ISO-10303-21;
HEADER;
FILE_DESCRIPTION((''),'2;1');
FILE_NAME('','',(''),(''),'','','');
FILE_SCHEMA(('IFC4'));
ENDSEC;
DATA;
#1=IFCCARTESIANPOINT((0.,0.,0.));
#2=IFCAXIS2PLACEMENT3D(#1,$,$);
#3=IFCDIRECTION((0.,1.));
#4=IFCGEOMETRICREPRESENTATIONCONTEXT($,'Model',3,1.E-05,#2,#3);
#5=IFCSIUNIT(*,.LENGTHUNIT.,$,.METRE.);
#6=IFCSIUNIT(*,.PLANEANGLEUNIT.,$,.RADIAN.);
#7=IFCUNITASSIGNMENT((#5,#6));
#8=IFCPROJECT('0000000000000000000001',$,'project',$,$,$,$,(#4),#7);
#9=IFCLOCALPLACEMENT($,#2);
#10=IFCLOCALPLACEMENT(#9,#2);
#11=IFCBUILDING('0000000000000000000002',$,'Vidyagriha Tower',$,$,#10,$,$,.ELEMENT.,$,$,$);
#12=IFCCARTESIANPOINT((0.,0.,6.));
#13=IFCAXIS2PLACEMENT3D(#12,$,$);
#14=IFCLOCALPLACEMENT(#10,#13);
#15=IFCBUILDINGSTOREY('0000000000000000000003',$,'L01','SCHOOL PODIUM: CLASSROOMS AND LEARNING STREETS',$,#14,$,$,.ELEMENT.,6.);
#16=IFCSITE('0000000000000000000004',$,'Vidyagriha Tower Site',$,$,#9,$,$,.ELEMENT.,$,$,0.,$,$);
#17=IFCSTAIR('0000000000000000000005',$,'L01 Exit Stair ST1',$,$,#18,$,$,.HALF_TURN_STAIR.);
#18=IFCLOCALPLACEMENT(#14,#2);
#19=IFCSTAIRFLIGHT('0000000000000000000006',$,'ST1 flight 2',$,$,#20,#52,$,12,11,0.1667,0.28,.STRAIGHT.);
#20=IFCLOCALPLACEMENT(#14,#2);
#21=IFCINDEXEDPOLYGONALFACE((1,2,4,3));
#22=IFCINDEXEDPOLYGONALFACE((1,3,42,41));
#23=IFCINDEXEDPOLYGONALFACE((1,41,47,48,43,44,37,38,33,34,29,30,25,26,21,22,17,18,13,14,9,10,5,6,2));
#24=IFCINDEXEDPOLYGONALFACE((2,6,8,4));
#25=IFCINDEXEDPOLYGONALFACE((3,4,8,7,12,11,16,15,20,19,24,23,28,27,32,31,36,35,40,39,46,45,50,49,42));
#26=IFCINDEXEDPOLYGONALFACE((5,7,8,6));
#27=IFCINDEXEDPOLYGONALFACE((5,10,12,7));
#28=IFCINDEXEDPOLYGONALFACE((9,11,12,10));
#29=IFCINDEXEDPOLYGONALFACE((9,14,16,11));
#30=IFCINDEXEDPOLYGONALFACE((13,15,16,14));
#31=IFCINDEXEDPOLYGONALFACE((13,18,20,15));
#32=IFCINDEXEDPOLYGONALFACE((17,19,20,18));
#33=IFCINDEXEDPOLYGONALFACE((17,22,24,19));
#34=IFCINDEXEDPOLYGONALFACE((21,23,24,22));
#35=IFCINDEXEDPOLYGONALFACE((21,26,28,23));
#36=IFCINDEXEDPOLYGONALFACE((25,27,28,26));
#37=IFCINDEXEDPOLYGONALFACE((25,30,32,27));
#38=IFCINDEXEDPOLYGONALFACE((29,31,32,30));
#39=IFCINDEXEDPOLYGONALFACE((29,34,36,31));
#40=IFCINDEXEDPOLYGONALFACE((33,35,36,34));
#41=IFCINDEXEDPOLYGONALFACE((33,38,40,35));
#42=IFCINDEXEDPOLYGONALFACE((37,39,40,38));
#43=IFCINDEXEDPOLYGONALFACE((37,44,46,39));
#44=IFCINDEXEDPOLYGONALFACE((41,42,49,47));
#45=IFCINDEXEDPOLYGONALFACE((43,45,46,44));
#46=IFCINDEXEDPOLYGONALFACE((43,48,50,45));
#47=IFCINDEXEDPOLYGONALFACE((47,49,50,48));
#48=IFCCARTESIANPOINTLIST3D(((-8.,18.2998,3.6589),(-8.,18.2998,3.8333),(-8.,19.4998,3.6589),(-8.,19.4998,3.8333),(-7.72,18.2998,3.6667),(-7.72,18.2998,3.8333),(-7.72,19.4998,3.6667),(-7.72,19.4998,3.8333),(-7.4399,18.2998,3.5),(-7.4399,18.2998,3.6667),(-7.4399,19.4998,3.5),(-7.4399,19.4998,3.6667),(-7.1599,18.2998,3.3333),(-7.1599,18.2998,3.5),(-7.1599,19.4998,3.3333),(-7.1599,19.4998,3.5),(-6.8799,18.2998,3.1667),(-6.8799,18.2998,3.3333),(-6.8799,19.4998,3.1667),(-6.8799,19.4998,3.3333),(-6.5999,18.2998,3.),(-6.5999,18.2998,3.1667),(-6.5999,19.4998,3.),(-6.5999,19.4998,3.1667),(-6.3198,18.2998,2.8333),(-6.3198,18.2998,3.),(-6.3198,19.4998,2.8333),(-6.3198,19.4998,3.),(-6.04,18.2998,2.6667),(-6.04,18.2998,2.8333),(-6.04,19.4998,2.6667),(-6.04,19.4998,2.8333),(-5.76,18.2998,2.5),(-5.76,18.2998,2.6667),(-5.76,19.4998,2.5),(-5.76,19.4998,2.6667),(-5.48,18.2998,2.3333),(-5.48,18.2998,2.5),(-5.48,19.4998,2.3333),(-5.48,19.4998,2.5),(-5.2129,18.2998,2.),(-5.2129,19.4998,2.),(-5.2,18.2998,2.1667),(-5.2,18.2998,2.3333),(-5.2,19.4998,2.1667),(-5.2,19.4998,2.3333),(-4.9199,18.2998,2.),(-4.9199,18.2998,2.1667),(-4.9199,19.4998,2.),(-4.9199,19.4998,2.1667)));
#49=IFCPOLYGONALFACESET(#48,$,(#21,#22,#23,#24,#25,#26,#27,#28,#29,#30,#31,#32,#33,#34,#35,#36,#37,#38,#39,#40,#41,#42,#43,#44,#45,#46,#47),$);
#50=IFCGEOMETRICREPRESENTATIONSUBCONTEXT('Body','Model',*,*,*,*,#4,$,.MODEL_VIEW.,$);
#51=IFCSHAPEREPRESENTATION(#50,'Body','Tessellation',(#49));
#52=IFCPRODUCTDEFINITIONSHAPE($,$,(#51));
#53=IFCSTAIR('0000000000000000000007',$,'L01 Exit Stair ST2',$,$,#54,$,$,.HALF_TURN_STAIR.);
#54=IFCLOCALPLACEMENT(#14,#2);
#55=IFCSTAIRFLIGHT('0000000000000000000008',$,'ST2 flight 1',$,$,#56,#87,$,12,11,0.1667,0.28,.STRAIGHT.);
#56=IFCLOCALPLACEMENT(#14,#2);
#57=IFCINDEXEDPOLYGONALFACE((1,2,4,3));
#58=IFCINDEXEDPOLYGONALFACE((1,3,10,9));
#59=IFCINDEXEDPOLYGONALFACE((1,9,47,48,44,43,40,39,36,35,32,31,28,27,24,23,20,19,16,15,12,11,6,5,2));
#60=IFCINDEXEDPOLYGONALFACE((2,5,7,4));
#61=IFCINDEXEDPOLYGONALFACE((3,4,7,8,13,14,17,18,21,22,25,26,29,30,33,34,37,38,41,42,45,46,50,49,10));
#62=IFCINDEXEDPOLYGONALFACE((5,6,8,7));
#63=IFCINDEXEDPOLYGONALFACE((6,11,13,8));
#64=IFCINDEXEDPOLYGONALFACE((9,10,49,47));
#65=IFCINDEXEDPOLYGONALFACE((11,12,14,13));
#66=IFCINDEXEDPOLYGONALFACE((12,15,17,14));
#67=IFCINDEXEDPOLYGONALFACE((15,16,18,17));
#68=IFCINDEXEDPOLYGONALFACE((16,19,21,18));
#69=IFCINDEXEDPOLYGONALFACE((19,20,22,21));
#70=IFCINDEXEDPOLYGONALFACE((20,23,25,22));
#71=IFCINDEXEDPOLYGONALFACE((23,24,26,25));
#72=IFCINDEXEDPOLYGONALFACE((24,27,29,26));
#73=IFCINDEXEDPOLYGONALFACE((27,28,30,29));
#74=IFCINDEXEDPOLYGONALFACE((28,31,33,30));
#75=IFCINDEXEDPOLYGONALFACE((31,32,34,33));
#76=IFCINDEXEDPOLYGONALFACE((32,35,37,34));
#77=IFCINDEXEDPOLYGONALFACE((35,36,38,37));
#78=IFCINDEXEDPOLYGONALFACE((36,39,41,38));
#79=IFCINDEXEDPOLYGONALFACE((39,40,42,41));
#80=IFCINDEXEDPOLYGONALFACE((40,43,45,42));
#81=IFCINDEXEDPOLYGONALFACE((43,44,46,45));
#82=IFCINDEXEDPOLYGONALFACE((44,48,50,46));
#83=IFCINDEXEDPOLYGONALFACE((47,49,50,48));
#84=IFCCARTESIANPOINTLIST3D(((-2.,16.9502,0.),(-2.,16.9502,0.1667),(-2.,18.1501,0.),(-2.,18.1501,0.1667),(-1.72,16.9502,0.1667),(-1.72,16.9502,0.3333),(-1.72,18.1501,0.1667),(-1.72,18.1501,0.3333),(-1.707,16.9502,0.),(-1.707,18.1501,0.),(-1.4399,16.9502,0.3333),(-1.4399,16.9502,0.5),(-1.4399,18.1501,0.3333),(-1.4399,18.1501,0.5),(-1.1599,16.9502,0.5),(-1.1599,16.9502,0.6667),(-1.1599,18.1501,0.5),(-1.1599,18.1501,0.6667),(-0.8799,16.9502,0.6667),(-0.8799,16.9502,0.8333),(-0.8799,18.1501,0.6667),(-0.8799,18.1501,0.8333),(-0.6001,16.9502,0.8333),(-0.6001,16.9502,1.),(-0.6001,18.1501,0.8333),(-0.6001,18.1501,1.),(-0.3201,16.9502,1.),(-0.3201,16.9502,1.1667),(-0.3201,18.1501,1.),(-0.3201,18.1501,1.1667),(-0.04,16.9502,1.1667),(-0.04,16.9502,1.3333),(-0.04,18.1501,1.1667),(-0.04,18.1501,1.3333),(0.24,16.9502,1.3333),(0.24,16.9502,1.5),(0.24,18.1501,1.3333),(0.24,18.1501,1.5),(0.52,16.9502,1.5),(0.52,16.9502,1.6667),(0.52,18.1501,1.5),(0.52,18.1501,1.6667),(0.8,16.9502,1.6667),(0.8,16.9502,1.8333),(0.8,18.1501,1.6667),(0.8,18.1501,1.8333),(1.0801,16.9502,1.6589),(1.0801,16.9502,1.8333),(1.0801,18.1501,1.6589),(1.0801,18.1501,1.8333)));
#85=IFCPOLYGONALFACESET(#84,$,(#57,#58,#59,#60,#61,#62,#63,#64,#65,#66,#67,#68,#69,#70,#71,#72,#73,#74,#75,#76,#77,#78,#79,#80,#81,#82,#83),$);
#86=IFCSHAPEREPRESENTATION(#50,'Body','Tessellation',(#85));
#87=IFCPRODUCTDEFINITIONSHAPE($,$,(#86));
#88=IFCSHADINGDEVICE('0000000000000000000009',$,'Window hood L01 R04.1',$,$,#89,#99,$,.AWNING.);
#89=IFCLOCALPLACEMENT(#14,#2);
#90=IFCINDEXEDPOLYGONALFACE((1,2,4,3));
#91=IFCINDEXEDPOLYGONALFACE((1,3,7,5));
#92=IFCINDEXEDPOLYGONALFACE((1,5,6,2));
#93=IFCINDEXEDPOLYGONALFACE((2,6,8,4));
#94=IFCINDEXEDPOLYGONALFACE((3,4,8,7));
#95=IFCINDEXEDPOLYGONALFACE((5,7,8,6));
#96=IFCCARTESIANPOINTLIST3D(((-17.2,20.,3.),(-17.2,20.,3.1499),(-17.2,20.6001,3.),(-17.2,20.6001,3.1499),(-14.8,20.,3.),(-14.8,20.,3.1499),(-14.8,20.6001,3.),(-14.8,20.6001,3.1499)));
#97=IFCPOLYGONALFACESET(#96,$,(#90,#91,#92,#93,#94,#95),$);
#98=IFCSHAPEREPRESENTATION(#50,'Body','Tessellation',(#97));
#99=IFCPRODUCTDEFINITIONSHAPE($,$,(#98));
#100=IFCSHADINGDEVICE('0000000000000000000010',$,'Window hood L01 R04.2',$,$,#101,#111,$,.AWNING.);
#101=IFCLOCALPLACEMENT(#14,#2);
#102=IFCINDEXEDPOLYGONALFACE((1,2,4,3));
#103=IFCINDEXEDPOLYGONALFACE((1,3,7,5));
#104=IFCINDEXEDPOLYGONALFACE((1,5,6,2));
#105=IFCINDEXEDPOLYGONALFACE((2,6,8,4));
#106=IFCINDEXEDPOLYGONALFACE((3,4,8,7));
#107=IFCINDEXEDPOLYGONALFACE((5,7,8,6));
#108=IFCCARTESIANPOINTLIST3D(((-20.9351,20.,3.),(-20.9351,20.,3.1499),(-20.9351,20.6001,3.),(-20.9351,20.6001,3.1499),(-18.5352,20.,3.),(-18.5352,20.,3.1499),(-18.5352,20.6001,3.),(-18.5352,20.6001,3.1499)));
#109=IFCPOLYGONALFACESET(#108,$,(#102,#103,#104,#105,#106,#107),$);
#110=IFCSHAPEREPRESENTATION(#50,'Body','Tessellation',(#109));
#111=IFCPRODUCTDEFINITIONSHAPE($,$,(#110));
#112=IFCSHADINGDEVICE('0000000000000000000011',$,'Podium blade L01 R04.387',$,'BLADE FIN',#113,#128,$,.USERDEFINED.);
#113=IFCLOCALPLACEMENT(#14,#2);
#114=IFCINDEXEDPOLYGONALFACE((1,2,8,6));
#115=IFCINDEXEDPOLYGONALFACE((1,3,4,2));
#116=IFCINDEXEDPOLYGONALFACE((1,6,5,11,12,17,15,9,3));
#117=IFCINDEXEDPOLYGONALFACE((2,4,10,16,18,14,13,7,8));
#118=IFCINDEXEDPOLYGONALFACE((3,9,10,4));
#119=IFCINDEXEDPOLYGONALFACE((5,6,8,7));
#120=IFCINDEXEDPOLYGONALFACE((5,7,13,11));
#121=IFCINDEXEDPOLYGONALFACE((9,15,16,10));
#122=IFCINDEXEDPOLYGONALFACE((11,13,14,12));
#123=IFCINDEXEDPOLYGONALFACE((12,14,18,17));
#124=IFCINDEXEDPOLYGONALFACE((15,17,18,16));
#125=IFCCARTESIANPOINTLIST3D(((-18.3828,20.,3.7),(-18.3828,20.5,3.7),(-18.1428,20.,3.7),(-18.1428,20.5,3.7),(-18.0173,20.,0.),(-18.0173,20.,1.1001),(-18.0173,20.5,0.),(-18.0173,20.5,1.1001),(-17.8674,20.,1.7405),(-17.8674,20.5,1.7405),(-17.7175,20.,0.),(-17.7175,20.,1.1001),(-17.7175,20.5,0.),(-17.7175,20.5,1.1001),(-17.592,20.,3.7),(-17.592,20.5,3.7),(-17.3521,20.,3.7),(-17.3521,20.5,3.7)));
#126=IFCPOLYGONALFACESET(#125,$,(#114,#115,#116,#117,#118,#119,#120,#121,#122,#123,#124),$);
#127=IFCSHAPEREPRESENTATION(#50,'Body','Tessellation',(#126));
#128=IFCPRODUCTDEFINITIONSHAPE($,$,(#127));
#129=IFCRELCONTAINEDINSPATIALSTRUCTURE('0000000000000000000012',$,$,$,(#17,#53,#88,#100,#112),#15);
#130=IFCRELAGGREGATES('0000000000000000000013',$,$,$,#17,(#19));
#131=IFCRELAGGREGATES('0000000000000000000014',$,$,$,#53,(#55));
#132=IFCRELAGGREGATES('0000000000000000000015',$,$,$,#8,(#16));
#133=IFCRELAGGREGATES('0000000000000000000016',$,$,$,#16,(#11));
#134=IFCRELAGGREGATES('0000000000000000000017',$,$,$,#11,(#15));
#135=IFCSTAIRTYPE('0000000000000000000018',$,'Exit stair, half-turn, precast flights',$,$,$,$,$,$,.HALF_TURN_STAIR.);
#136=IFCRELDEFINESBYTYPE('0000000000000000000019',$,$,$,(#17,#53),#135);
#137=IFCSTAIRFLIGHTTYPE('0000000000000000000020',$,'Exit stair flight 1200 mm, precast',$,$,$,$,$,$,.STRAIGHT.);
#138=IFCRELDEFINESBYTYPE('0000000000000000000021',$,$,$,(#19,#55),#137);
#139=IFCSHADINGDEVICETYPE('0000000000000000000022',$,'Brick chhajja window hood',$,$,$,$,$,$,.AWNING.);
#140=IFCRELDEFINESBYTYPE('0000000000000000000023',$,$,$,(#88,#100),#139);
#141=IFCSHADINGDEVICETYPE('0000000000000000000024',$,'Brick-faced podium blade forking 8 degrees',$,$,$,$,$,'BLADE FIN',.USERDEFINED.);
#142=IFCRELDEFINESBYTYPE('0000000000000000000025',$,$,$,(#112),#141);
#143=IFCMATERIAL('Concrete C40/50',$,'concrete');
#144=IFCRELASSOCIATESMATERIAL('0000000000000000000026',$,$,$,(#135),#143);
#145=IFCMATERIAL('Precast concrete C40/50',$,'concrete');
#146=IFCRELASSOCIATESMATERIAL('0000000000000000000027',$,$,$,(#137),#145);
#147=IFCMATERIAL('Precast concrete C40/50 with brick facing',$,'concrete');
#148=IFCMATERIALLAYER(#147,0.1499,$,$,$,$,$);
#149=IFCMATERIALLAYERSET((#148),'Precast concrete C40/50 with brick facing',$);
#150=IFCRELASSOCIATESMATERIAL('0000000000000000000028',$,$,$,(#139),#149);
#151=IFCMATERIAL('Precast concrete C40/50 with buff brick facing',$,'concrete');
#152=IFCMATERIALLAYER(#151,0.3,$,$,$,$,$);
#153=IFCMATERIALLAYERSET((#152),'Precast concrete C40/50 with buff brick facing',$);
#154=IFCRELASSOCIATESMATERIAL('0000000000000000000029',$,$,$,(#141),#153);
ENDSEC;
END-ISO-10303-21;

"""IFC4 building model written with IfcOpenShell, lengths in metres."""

from ifc_helpers import new_model, si_unit, direction, frame, origin, origin_2d, place, context, subcontext, project, spatial, polyline, rectangle, outline, extrude, material, layer, layer_set, type_object, element, aggregate, save


model = new_model("IFC4")

# Units and contexts
model_context = context("Model", 3, precision=1e-05, world=origin(), true_north=direction((0.0, 1.0)))
body_context = subcontext(model_context, "Body", "Model", "MODEL_VIEW")
ifc_project = project(units=[si_unit("LENGTHUNIT", "METRE"), si_unit("PLANEANGLEUNIT", "RADIAN")], contexts=[model_context])

# Site, building, storey
site_placement = place(None, origin())
site = spatial("IfcSite", under=ifc_project, at=site_placement, Name="Vidyagriha Tower Site", CompositionType="ELEMENT", RefElevation=0.0)
building_placement = place(site_placement, origin())
building = spatial("IfcBuilding", under=site, at=building_placement, Name="Vidyagriha Tower", CompositionType="ELEMENT")
storey_placement = place(building_placement, frame((0.0, 0.0, 6.0)))
storey = spatial("IfcBuildingStorey", under=building, at=storey_placement, Name="L01", Description="SCHOOL PODIUM: CLASSROOMS AND LEARNING STREETS", CompositionType="ELEMENT", Elevation=6.0)

# Stair, stair flight
ifc_material_1 = material(Name="Concrete C40/50", Category="concrete")
stair_type = type_object("IfcStairType", Name="Exit stair, half-turn, precast flights", PredefinedType="HALF_TURN_STAIR", material=ifc_material_1)
stair_1_placement = place(storey_placement, origin())
stair_1 = element("IfcStair", 1, at=stair_1_placement, inside=storey, type_object=stair_type, Name="L01 Exit Stair ST1", PredefinedType="HALF_TURN_STAIR")
ifc_material_2 = material(Name="Precast concrete C40/50", Category="concrete")
stair_flight_type = type_object("IfcStairFlightType", Name="Exit stair flight 1200 mm, precast", PredefinedType="STRAIGHT", material=ifc_material_2)
stair_flight_1_placement = place(storey_placement, frame((-4.9199, 18.8999, 2.0), z_axis=(0.0, 0.0, 1.0), x_axis=(-1.0, 0.0, 0.0)))
stair_flight_1 = element("IfcStairFlight", 2, at=stair_flight_1_placement, type_object=stair_flight_type, Name="ST1 flight 2", NumberOfRisers=12, NumberOfTreads=11, PredefinedType="STRAIGHT", RiserHeight=0.1667, TreadLength=0.28, context=body_context, shape_type="SweptSolid", body=[
    extrude(outline(polyline([(0.0, 0.0), (0.0, 0.1667), (0.28, 0.1667), (0.28, 0.3333), (0.5601, 0.3333), (0.5601, 0.5), (0.8401, 0.5), (0.8401, 0.6667), (1.1201, 0.6667), (1.1201, 0.8333), (1.3999, 0.8333), (1.3999, 1.0), (1.6799, 1.0), (1.6799, 1.1667), (1.96, 1.1667), (1.96, 1.3333), (2.24, 1.3333), (2.24, 1.5), (2.52, 1.5), (2.52, 1.6667), (2.8, 1.6667), (2.8, 1.8333), (3.0801, 1.8333), (3.0801, 2.0), (3.0801, 1.6589), (0.293, 0.0), (0.0, 0.0)])), frame((0.0, 0.6001, 0.0), z_axis=(0.0, -1.0, 0.0), x_axis=(1.0, 0.0, 0.0)), (0.0, 0.0, 1.0), 1.2),
])
aggregate(stair_1, [stair_flight_1])

# Stair, stair flight
stair_2_placement = place(storey_placement, origin())
stair_2 = element("IfcStair", 3, at=stair_2_placement, inside=storey, type_object=stair_type, Name="L01 Exit Stair ST2", PredefinedType="HALF_TURN_STAIR")
stair_flight_2_placement = place(storey_placement, frame((-2.0, 17.55, 0.0)))
stair_flight_2 = element("IfcStairFlight", 4, at=stair_flight_2_placement, type_object=stair_flight_type, Name="ST2 flight 1", NumberOfRisers=12, NumberOfTreads=11, PredefinedType="STRAIGHT", RiserHeight=0.1667, TreadLength=0.28, context=body_context, shape_type="SweptSolid", body=[
    extrude(outline(polyline([(0.0, 0.0), (0.0, 0.1667), (0.28, 0.1667), (0.28, 0.3333), (0.5601, 0.3333), (0.5601, 0.5), (0.8401, 0.5), (0.8401, 0.6667), (1.1201, 0.6667), (1.1201, 0.8333), (1.3999, 0.8333), (1.3999, 1.0), (1.6799, 1.0), (1.6799, 1.1667), (1.96, 1.1667), (1.96, 1.3333), (2.24, 1.3333), (2.24, 1.5), (2.52, 1.5), (2.52, 1.6667), (2.8, 1.6667), (2.8, 1.8333), (3.0801, 1.8333), (3.0801, 2.0), (3.0801, 1.6589), (0.293, 0.0), (0.0, 0.0)])), frame((0.0, 0.6001, 0.0), z_axis=(0.0, -1.0, 0.0), x_axis=(1.0, 0.0, 0.0)), (0.0, 0.0, 1.0), 1.2),
])
aggregate(stair_2, [stair_flight_2])

# Shading devices
ifc_material_3 = material(Name="Precast concrete C40/50 with brick facing", Category="concrete")
ifc_layer_1 = layer(ifc_material_3, 0.1499)
ifc_layer_set_1 = layer_set([ifc_layer_1], Name="Precast concrete C40/50 with brick facing")
shading_device_type_1 = type_object("IfcShadingDeviceType", Name="Brick chhajja window hood", PredefinedType="AWNING", material=ifc_layer_set_1)
for number, where, z_axis, x_axis, name in (
    (5, (-16.0, 20.3, 3.0), (0.0, 0.0, 1.0), (-1.0, 0.0, 0.0), "Window hood L01 R04.1"),
    (6, (-19.7351, 20.3, 3.0), (0.0, 0.0, 1.0), (-1.0, 0.0, 0.0), "Window hood L01 R04.2"),
):
    element("IfcShadingDevice", number, at=place(storey_placement, frame(where, z_axis=z_axis, x_axis=x_axis)), inside=storey, type_object=shading_device_type_1, Name=name, PredefinedType="AWNING", context=body_context, shape_type="SweptSolid", body=[
        extrude(rectangle(XDim=2.3999, YDim=0.6001, at=origin_2d()), origin(), (0.0, 0.0, 1.0), 0.1499),
    ])
ifc_material_4 = material(Name="Precast concrete C40/50 with buff brick facing", Category="concrete")
ifc_layer_2 = layer(ifc_material_4, 0.3)
ifc_layer_set_2 = layer_set([ifc_layer_2], Name="Precast concrete C40/50 with buff brick facing")
shading_device_type_2 = type_object("IfcShadingDeviceType", Name="Brick-faced podium blade forking 8 degrees", ElementType="BLADE FIN", PredefinedType="USERDEFINED", material=ifc_layer_set_2)
shading_device_placement = place(storey_placement, frame((-17.3521, 20.25, 0.0), z_axis=(0.0, 0.0, 1.0), x_axis=(-1.0, 0.0, 0.0)))
element("IfcShadingDevice", 7, at=shading_device_placement, inside=storey, type_object=shading_device_type_2, Name="Podium blade L01 R04.387", ObjectType="BLADE FIN", PredefinedType="USERDEFINED", context=body_context, shape_type="SweptSolid", body=[
    extrude(outline(polyline([(0.6653, 0.0), (0.6653, 1.1001), (1.0308, 3.7), (0.7908, 3.7), (0.5154, 1.7405), (0.24, 3.7), (0.0, 3.7), (0.3655, 1.1001), (0.3655, 0.0), (0.6653, 0.0)])), frame((0.0, 0.25, 0.0), z_axis=(0.0, -1.0, 0.0), x_axis=(1.0, 0.0, 0.0)), (0.0, 0.0, 1.0), 0.5),
])

save(model, "model.ifc")
